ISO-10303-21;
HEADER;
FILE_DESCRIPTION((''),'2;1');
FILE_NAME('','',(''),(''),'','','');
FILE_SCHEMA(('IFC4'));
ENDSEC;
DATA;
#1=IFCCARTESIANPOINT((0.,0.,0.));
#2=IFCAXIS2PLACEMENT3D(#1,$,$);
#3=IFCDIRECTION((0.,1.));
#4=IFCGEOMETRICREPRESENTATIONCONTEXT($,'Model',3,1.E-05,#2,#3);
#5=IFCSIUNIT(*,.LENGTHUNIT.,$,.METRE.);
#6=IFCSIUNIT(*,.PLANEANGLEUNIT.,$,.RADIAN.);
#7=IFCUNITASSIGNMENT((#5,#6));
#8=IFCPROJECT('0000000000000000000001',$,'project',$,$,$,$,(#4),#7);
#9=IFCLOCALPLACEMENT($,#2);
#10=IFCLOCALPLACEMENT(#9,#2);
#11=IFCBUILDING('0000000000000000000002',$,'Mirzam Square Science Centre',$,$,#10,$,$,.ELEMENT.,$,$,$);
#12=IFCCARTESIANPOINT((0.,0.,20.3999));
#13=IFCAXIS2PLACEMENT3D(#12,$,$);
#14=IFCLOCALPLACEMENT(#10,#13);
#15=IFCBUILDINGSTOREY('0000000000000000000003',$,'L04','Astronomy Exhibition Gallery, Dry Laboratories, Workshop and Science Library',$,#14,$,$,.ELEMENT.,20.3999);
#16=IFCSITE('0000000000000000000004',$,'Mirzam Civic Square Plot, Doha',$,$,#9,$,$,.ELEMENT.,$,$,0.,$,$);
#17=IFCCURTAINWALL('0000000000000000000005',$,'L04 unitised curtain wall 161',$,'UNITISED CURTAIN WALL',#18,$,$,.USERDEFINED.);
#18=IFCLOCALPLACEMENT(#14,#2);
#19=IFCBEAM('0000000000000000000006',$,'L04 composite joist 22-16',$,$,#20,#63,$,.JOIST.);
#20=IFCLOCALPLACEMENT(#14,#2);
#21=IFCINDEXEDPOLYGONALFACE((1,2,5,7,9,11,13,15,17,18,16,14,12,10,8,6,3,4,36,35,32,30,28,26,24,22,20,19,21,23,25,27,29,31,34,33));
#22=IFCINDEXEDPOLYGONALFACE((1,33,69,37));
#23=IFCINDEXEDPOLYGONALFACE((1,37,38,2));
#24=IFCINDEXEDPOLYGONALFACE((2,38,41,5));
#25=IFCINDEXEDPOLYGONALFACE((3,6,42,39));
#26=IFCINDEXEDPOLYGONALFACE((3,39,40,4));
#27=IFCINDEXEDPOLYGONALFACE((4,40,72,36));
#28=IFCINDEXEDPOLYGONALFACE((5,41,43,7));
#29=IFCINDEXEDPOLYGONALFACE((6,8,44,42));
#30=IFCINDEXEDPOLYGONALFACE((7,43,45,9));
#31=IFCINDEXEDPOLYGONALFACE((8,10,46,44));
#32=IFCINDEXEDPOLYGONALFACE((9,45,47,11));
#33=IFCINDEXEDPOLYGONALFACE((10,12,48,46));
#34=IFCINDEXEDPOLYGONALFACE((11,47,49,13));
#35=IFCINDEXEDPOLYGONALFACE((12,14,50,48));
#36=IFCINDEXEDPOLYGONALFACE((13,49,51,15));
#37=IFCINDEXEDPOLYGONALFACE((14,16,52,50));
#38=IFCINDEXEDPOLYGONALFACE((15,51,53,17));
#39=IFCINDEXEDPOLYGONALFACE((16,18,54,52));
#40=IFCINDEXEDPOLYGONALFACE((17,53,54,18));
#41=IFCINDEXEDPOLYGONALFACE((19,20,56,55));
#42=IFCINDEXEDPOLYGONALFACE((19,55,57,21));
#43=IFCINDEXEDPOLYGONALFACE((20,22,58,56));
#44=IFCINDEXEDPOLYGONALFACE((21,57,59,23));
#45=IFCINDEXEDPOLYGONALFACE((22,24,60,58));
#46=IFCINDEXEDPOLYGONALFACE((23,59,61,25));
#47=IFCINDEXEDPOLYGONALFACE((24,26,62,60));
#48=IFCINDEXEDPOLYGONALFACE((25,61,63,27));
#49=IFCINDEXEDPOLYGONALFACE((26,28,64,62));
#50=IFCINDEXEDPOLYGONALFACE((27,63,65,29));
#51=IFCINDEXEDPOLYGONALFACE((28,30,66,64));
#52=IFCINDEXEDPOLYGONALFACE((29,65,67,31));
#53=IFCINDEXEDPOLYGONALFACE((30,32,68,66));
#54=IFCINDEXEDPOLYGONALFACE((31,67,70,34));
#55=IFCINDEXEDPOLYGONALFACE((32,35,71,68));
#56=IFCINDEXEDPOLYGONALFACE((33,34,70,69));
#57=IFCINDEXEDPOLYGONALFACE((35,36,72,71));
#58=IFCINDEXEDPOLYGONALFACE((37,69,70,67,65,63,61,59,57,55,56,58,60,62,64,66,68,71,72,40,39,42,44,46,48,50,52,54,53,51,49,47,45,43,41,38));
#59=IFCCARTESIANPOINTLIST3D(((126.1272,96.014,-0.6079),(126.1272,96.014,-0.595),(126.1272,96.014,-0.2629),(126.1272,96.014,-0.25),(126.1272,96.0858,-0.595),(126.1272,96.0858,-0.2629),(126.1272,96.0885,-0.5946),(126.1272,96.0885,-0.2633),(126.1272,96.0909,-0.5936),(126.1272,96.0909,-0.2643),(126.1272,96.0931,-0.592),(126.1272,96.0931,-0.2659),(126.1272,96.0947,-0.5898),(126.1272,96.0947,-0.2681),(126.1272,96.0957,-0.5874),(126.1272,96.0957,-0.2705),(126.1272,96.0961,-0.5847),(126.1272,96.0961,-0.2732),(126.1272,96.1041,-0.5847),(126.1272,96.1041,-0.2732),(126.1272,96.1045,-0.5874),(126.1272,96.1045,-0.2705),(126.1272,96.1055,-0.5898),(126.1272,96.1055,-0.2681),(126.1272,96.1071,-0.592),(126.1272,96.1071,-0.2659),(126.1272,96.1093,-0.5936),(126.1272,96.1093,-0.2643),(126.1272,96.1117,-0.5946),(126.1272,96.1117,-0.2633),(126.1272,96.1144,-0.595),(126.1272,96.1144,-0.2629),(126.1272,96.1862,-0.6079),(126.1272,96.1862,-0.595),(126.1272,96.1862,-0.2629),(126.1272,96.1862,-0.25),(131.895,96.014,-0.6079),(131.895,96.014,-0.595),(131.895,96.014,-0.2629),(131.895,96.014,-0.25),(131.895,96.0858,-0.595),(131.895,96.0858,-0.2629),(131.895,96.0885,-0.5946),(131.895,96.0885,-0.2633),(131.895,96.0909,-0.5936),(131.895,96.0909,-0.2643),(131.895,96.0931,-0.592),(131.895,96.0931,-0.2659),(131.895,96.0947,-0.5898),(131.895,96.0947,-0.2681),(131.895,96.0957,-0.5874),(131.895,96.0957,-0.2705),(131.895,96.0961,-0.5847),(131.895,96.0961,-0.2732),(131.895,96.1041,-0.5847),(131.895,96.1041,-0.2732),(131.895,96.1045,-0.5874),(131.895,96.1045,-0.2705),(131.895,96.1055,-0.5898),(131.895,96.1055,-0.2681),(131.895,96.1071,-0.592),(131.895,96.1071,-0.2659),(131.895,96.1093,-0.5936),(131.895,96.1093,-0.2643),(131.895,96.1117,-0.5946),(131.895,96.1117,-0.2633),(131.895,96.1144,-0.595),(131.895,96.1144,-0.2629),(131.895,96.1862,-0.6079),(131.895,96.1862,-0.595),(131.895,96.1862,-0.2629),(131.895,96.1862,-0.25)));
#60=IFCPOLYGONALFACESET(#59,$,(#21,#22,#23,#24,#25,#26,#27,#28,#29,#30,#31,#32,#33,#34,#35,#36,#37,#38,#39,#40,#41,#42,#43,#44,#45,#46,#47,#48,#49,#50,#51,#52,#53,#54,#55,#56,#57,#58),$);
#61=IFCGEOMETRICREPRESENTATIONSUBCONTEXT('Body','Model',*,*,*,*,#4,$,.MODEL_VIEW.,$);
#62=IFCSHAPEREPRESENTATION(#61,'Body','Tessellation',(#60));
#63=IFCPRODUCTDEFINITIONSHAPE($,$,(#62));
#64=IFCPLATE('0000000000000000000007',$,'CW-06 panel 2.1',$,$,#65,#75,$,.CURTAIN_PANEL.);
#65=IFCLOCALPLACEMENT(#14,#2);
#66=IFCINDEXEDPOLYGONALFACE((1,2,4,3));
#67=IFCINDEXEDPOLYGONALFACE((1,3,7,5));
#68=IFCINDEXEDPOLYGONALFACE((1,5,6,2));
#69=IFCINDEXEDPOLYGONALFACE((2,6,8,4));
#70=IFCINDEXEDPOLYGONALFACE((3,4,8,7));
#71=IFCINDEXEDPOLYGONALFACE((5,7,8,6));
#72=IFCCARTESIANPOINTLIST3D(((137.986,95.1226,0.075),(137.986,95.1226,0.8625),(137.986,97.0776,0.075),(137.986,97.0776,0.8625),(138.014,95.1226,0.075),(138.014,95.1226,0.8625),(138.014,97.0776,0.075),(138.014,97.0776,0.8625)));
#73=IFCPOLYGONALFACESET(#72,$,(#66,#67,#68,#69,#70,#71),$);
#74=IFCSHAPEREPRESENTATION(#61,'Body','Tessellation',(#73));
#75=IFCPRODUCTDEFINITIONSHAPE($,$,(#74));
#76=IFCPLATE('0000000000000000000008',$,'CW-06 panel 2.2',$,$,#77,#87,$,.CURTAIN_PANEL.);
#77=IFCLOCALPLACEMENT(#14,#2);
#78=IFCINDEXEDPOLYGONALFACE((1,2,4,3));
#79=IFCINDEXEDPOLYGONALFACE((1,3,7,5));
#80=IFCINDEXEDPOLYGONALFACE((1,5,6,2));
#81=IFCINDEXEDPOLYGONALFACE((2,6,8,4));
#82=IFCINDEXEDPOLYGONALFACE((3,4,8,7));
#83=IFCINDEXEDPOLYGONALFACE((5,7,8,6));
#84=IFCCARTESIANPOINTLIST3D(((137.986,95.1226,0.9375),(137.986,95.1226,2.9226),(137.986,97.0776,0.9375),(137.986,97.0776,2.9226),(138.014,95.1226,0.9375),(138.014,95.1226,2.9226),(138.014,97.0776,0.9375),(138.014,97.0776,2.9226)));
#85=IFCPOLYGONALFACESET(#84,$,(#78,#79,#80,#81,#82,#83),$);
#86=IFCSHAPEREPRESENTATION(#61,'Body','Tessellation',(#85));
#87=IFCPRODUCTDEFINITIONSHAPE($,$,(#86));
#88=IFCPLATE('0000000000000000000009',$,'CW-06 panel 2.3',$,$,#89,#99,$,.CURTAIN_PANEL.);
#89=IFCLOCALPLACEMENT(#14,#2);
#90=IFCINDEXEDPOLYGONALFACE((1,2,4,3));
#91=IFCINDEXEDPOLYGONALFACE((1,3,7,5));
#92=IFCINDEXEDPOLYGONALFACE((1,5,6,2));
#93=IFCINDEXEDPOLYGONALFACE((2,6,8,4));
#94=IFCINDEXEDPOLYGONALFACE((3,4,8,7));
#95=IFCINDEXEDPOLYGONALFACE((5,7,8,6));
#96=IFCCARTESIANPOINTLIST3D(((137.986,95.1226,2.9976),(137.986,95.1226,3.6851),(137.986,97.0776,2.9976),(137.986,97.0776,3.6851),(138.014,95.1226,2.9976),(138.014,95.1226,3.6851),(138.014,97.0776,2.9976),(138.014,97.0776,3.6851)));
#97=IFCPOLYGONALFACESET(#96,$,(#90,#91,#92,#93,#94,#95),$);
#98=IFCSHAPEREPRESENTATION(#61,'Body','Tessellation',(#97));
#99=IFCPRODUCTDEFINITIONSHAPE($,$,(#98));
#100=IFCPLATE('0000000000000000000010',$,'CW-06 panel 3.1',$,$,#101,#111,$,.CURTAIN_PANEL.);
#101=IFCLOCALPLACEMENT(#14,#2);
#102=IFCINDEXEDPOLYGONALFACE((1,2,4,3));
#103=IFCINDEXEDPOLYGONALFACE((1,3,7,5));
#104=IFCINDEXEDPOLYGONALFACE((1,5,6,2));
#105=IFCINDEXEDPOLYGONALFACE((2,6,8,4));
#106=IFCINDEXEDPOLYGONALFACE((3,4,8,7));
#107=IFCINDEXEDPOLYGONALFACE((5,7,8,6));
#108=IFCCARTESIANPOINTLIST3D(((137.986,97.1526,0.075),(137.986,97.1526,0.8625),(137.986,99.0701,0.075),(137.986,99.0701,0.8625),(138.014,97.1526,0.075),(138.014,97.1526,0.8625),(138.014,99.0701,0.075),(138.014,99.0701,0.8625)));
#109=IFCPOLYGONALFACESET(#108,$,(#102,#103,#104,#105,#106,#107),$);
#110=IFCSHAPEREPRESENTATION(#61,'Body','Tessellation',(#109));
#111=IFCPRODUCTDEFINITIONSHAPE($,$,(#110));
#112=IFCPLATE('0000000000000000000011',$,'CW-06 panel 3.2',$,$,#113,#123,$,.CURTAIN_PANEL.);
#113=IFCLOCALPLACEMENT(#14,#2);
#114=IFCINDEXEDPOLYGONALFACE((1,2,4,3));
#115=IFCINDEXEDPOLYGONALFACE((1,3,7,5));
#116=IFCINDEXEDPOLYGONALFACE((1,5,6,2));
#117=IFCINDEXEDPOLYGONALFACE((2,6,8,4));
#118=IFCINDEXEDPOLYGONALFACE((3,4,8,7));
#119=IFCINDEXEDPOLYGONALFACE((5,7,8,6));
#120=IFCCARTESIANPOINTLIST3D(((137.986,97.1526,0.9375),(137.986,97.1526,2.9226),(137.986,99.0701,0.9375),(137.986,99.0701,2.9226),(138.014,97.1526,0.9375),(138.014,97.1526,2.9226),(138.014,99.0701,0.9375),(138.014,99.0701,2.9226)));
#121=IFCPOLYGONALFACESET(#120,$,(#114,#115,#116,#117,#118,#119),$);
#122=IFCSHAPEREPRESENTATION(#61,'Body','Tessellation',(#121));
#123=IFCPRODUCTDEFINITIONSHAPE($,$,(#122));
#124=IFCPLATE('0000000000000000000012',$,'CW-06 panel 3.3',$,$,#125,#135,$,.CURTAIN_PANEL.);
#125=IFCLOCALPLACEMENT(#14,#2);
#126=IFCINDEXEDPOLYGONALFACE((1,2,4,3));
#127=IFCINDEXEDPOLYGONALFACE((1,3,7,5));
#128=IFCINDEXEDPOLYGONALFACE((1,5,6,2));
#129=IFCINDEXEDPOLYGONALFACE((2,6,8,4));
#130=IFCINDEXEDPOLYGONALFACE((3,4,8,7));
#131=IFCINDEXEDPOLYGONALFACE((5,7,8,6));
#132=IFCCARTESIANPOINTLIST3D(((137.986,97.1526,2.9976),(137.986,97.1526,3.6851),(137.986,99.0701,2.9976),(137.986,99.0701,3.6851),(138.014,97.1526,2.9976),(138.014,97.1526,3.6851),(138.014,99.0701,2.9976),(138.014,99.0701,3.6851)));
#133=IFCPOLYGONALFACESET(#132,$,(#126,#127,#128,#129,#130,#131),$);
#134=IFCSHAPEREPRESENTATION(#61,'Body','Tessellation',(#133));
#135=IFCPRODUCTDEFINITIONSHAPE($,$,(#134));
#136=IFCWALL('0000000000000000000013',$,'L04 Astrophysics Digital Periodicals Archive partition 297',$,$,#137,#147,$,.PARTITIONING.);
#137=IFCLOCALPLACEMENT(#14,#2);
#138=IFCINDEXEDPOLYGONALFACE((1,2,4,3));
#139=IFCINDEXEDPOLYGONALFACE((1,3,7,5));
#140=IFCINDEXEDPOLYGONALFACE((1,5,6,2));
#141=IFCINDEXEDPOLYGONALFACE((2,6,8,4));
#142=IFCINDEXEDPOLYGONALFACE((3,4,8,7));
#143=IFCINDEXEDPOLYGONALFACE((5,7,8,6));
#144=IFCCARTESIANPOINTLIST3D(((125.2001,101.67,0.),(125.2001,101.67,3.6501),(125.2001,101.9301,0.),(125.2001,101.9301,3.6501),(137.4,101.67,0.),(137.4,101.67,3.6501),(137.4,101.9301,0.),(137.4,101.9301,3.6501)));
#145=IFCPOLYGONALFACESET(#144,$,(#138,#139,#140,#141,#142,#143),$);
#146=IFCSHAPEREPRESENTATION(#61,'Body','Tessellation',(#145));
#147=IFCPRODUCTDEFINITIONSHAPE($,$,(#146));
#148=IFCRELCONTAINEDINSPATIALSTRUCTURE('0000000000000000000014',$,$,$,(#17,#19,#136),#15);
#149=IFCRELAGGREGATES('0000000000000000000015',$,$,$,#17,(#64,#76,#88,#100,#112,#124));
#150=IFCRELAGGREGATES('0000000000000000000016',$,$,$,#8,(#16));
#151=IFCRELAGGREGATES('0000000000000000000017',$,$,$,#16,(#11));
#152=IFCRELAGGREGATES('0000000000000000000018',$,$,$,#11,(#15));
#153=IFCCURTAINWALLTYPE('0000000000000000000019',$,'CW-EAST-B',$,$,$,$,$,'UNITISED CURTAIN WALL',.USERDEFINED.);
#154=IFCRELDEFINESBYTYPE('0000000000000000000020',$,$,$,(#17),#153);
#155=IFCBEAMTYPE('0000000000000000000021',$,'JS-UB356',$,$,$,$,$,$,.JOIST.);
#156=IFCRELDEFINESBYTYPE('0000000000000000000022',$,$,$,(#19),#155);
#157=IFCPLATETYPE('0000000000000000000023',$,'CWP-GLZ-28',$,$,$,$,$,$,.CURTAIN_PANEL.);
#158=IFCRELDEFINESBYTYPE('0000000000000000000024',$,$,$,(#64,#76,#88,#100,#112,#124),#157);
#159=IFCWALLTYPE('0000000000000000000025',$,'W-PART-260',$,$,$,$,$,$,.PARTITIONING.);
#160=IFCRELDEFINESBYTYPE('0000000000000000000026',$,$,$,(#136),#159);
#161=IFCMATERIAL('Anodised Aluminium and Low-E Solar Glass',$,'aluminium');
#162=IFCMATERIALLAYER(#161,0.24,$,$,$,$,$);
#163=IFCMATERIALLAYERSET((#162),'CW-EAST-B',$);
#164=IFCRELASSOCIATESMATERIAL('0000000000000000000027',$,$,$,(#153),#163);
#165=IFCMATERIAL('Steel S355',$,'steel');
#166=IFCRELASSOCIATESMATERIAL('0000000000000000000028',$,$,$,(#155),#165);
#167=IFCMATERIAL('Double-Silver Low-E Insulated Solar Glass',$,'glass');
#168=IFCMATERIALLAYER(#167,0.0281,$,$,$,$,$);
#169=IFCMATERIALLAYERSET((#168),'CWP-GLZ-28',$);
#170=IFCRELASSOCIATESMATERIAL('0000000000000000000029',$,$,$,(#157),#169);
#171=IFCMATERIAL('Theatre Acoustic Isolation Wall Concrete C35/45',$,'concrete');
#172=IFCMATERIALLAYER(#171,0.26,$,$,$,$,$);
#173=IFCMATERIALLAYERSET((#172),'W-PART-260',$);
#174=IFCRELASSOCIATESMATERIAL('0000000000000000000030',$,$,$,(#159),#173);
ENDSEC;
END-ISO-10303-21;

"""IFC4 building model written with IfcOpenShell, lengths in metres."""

from ifc_helpers import new_model, si_unit, direction, frame, frame_2d, origin, origin_2d, place, context, subcontext, project, spatial, rectangle, i_section, extrude, material, layer, layer_set, material_profile, profile_set, type_object, element, aggregate, save


model = new_model("IFC4")

# Units and contexts
model_context = context("Model", 3, precision=1e-05, world=origin(), true_north=direction((0.0, 1.0)))
body_context = subcontext(model_context, "Body", "Model", "MODEL_VIEW")
ifc_project = project(units=[si_unit("LENGTHUNIT", "METRE"), si_unit("PLANEANGLEUNIT", "RADIAN")], contexts=[model_context])

# Site, building, storey
site_placement = place(None, origin())
site = spatial("IfcSite", under=ifc_project, at=site_placement, Name="Mirzam Civic Square Plot, Doha", CompositionType="ELEMENT", RefElevation=0.0)
building_placement = place(site_placement, origin())
building = spatial("IfcBuilding", under=site, at=building_placement, Name="Mirzam Square Science Centre", CompositionType="ELEMENT")
storey_placement = place(building_placement, frame((0.0, 0.0, 20.3999)))
storey = spatial("IfcBuildingStorey", under=building, at=storey_placement, Name="L04", Description="Astronomy Exhibition Gallery, Dry Laboratories, Workshop and Science Library", CompositionType="ELEMENT", Elevation=20.3999)

# Shared definitions
ifc_material_1 = material(Name="Steel S355", Category="steel")

# Curtain wall
ifc_material_2 = material(Name="Anodised Aluminium and Low-E Solar Glass", Category="aluminium")
ifc_layer_1 = layer(ifc_material_2, 0.24)
ifc_layer_set_1 = layer_set([ifc_layer_1], Name="CW-EAST-B")
curtain_wall_type = type_object("IfcCurtainWallType", Name="CW-EAST-B", ElementType="UNITISED CURTAIN WALL", PredefinedType="USERDEFINED", material=ifc_layer_set_1)
curtain_wall_placement = place(storey_placement, origin())
curtain_wall = element("IfcCurtainWall", 1, at=curtain_wall_placement, inside=storey, type_object=curtain_wall_type, Name="L04 unitised curtain wall 161", ObjectType="UNITISED CURTAIN WALL", PredefinedType="USERDEFINED")

# Beam
ifc_material_profile_1 = material_profile(ifc_material_1, i_section(OverallWidth=0.1721, OverallDepth=0.3579, WebThickness=0.0081, FlangeThickness=0.0129, FilletRadius=0.0103, at=origin_2d()), Name="356x171x57UB")
ifc_profile_set_1 = profile_set([ifc_material_profile_1], Name="Steel S355")
beam_type_1 = type_object("IfcBeamType", Name="JS-UB356", PredefinedType="JOIST", material=ifc_profile_set_1)
beam_1_placement = place(storey_placement, frame((126.1272, 96.1001, -0.429), z_axis=(1.0, 0.0, 0.0), x_axis=(0.0, 1.0, 0.0)))
element("IfcBeam", 2, at=beam_1_placement, inside=storey, type_object=beam_type_1, Name="L04 composite joist 22-16", PredefinedType="JOIST", context=body_context, shape_type="SweptSolid", body=[
    extrude(i_section(OverallWidth=0.1721, OverallDepth=0.3579, WebThickness=0.0081, FlangeThickness=0.0129, FilletRadius=0.0103, at=origin_2d()), origin(), (0.0, 0.0, 1.0), 5.7678),
])

# Plates
ifc_material_3 = material(Name="Double-Silver Low-E Insulated Solar Glass", Category="glass")
ifc_layer_2 = layer(ifc_material_3, 0.0281)
ifc_layer_set_2 = layer_set([ifc_layer_2], Name="CWP-GLZ-28")
plate_type = type_object("IfcPlateType", Name="CWP-GLZ-28", PredefinedType="CURTAIN_PANEL", material=ifc_layer_set_2)
plate_1_placement = place(storey_placement, frame((138.0, 96.1001, 0.075), z_axis=(0.0, 0.0, 1.0), x_axis=(0.0, 1.0, 0.0)))
plate_1 = element("IfcPlate", 3, at=plate_1_placement, type_object=plate_type, Name="CW-06 panel 2.1", PredefinedType="CURTAIN_PANEL", context=body_context, shape_type="SweptSolid", body=[
    extrude(rectangle(XDim=1.9551, YDim=0.0281, at=origin_2d()), origin(), (0.0, 0.0, 1.0), 0.7876),
])
plate_2_placement = place(storey_placement, frame((138.0, 96.1001, 0.9375), z_axis=(0.0, 0.0, 1.0), x_axis=(0.0, 1.0, 0.0)))
plate_2 = element("IfcPlate", 4, at=plate_2_placement, type_object=plate_type, Name="CW-06 panel 2.2", PredefinedType="CURTAIN_PANEL", context=body_context, shape_type="SweptSolid", body=[
    extrude(rectangle(XDim=1.9551, YDim=0.0281, at=origin_2d()), origin(), (0.0, 0.0, 1.0), 1.9851),
])
plate_3_placement = place(storey_placement, frame((138.0, 96.1001, 2.9976), z_axis=(0.0, 0.0, 1.0), x_axis=(0.0, 1.0, 0.0)))
plate_3 = element("IfcPlate", 5, at=plate_3_placement, type_object=plate_type, Name="CW-06 panel 2.3", PredefinedType="CURTAIN_PANEL", context=body_context, shape_type="SweptSolid", body=[
    extrude(rectangle(XDim=1.9551, YDim=0.0281, at=origin_2d()), origin(), (0.0, 0.0, 1.0), 0.6875),
])
plate_4_placement = place(storey_placement, frame((138.0, 98.1113, 0.075), z_axis=(0.0, 0.0, 1.0), x_axis=(0.0, 1.0, 0.0)))
plate_4 = element("IfcPlate", 6, at=plate_4_placement, type_object=plate_type, Name="CW-06 panel 3.1", PredefinedType="CURTAIN_PANEL", context=body_context, shape_type="SweptSolid", body=[
    extrude(rectangle(XDim=1.9175, YDim=0.0281, at=origin_2d()), origin(), (0.0, 0.0, 1.0), 0.7876),
])
plate_5_placement = place(storey_placement, frame((138.0, 98.1113, 0.9375), z_axis=(0.0, 0.0, 1.0), x_axis=(0.0, 1.0, 0.0)))
plate_5 = element("IfcPlate", 7, at=plate_5_placement, type_object=plate_type, Name="CW-06 panel 3.2", PredefinedType="CURTAIN_PANEL", context=body_context, shape_type="SweptSolid", body=[
    extrude(rectangle(XDim=1.9175, YDim=0.0281, at=origin_2d()), origin(), (0.0, 0.0, 1.0), 1.9851),
])
plate_6_placement = place(storey_placement, frame((138.0, 98.1113, 2.9976), z_axis=(0.0, 0.0, 1.0), x_axis=(0.0, 1.0, 0.0)))
plate_6 = element("IfcPlate", 8, at=plate_6_placement, type_object=plate_type, Name="CW-06 panel 3.3", PredefinedType="CURTAIN_PANEL", context=body_context, shape_type="SweptSolid", body=[
    extrude(rectangle(XDim=1.9175, YDim=0.0281, at=origin_2d()), origin(), (0.0, 0.0, 1.0), 0.6875),
])
aggregate(curtain_wall, [plate_1, plate_2, plate_3, plate_4, plate_5, plate_6])

# Wall
ifc_material_4 = material(Name="Theatre Acoustic Isolation Wall Concrete C35/45", Category="concrete")
ifc_layer_3 = layer(ifc_material_4, 0.26)
ifc_layer_set_3 = layer_set([ifc_layer_3], Name="W-PART-260")
wall_type = type_object("IfcWallType", Name="W-PART-260", PredefinedType="PARTITIONING", material=ifc_layer_set_3)
wall_placement = place(storey_placement, frame((125.2, 101.8, 0.0), z_axis=(0.0, 0.0, 1.0), x_axis=(1.0, 0.0, 0.0)))
element("IfcWall", 9, at=wall_placement, inside=storey, type_object=wall_type, Name="L04 Astrophysics Digital Periodicals Archive partition 297", PredefinedType="PARTITIONING", context=body_context, shape_type="SweptSolid", body=[
    extrude(rectangle(XDim=12.2, YDim=0.26, at=frame_2d((6.1001, 0.0))), origin(), (0.0, 0.0, 1.0), 3.6501),
])

save(model, "model.ifc")
